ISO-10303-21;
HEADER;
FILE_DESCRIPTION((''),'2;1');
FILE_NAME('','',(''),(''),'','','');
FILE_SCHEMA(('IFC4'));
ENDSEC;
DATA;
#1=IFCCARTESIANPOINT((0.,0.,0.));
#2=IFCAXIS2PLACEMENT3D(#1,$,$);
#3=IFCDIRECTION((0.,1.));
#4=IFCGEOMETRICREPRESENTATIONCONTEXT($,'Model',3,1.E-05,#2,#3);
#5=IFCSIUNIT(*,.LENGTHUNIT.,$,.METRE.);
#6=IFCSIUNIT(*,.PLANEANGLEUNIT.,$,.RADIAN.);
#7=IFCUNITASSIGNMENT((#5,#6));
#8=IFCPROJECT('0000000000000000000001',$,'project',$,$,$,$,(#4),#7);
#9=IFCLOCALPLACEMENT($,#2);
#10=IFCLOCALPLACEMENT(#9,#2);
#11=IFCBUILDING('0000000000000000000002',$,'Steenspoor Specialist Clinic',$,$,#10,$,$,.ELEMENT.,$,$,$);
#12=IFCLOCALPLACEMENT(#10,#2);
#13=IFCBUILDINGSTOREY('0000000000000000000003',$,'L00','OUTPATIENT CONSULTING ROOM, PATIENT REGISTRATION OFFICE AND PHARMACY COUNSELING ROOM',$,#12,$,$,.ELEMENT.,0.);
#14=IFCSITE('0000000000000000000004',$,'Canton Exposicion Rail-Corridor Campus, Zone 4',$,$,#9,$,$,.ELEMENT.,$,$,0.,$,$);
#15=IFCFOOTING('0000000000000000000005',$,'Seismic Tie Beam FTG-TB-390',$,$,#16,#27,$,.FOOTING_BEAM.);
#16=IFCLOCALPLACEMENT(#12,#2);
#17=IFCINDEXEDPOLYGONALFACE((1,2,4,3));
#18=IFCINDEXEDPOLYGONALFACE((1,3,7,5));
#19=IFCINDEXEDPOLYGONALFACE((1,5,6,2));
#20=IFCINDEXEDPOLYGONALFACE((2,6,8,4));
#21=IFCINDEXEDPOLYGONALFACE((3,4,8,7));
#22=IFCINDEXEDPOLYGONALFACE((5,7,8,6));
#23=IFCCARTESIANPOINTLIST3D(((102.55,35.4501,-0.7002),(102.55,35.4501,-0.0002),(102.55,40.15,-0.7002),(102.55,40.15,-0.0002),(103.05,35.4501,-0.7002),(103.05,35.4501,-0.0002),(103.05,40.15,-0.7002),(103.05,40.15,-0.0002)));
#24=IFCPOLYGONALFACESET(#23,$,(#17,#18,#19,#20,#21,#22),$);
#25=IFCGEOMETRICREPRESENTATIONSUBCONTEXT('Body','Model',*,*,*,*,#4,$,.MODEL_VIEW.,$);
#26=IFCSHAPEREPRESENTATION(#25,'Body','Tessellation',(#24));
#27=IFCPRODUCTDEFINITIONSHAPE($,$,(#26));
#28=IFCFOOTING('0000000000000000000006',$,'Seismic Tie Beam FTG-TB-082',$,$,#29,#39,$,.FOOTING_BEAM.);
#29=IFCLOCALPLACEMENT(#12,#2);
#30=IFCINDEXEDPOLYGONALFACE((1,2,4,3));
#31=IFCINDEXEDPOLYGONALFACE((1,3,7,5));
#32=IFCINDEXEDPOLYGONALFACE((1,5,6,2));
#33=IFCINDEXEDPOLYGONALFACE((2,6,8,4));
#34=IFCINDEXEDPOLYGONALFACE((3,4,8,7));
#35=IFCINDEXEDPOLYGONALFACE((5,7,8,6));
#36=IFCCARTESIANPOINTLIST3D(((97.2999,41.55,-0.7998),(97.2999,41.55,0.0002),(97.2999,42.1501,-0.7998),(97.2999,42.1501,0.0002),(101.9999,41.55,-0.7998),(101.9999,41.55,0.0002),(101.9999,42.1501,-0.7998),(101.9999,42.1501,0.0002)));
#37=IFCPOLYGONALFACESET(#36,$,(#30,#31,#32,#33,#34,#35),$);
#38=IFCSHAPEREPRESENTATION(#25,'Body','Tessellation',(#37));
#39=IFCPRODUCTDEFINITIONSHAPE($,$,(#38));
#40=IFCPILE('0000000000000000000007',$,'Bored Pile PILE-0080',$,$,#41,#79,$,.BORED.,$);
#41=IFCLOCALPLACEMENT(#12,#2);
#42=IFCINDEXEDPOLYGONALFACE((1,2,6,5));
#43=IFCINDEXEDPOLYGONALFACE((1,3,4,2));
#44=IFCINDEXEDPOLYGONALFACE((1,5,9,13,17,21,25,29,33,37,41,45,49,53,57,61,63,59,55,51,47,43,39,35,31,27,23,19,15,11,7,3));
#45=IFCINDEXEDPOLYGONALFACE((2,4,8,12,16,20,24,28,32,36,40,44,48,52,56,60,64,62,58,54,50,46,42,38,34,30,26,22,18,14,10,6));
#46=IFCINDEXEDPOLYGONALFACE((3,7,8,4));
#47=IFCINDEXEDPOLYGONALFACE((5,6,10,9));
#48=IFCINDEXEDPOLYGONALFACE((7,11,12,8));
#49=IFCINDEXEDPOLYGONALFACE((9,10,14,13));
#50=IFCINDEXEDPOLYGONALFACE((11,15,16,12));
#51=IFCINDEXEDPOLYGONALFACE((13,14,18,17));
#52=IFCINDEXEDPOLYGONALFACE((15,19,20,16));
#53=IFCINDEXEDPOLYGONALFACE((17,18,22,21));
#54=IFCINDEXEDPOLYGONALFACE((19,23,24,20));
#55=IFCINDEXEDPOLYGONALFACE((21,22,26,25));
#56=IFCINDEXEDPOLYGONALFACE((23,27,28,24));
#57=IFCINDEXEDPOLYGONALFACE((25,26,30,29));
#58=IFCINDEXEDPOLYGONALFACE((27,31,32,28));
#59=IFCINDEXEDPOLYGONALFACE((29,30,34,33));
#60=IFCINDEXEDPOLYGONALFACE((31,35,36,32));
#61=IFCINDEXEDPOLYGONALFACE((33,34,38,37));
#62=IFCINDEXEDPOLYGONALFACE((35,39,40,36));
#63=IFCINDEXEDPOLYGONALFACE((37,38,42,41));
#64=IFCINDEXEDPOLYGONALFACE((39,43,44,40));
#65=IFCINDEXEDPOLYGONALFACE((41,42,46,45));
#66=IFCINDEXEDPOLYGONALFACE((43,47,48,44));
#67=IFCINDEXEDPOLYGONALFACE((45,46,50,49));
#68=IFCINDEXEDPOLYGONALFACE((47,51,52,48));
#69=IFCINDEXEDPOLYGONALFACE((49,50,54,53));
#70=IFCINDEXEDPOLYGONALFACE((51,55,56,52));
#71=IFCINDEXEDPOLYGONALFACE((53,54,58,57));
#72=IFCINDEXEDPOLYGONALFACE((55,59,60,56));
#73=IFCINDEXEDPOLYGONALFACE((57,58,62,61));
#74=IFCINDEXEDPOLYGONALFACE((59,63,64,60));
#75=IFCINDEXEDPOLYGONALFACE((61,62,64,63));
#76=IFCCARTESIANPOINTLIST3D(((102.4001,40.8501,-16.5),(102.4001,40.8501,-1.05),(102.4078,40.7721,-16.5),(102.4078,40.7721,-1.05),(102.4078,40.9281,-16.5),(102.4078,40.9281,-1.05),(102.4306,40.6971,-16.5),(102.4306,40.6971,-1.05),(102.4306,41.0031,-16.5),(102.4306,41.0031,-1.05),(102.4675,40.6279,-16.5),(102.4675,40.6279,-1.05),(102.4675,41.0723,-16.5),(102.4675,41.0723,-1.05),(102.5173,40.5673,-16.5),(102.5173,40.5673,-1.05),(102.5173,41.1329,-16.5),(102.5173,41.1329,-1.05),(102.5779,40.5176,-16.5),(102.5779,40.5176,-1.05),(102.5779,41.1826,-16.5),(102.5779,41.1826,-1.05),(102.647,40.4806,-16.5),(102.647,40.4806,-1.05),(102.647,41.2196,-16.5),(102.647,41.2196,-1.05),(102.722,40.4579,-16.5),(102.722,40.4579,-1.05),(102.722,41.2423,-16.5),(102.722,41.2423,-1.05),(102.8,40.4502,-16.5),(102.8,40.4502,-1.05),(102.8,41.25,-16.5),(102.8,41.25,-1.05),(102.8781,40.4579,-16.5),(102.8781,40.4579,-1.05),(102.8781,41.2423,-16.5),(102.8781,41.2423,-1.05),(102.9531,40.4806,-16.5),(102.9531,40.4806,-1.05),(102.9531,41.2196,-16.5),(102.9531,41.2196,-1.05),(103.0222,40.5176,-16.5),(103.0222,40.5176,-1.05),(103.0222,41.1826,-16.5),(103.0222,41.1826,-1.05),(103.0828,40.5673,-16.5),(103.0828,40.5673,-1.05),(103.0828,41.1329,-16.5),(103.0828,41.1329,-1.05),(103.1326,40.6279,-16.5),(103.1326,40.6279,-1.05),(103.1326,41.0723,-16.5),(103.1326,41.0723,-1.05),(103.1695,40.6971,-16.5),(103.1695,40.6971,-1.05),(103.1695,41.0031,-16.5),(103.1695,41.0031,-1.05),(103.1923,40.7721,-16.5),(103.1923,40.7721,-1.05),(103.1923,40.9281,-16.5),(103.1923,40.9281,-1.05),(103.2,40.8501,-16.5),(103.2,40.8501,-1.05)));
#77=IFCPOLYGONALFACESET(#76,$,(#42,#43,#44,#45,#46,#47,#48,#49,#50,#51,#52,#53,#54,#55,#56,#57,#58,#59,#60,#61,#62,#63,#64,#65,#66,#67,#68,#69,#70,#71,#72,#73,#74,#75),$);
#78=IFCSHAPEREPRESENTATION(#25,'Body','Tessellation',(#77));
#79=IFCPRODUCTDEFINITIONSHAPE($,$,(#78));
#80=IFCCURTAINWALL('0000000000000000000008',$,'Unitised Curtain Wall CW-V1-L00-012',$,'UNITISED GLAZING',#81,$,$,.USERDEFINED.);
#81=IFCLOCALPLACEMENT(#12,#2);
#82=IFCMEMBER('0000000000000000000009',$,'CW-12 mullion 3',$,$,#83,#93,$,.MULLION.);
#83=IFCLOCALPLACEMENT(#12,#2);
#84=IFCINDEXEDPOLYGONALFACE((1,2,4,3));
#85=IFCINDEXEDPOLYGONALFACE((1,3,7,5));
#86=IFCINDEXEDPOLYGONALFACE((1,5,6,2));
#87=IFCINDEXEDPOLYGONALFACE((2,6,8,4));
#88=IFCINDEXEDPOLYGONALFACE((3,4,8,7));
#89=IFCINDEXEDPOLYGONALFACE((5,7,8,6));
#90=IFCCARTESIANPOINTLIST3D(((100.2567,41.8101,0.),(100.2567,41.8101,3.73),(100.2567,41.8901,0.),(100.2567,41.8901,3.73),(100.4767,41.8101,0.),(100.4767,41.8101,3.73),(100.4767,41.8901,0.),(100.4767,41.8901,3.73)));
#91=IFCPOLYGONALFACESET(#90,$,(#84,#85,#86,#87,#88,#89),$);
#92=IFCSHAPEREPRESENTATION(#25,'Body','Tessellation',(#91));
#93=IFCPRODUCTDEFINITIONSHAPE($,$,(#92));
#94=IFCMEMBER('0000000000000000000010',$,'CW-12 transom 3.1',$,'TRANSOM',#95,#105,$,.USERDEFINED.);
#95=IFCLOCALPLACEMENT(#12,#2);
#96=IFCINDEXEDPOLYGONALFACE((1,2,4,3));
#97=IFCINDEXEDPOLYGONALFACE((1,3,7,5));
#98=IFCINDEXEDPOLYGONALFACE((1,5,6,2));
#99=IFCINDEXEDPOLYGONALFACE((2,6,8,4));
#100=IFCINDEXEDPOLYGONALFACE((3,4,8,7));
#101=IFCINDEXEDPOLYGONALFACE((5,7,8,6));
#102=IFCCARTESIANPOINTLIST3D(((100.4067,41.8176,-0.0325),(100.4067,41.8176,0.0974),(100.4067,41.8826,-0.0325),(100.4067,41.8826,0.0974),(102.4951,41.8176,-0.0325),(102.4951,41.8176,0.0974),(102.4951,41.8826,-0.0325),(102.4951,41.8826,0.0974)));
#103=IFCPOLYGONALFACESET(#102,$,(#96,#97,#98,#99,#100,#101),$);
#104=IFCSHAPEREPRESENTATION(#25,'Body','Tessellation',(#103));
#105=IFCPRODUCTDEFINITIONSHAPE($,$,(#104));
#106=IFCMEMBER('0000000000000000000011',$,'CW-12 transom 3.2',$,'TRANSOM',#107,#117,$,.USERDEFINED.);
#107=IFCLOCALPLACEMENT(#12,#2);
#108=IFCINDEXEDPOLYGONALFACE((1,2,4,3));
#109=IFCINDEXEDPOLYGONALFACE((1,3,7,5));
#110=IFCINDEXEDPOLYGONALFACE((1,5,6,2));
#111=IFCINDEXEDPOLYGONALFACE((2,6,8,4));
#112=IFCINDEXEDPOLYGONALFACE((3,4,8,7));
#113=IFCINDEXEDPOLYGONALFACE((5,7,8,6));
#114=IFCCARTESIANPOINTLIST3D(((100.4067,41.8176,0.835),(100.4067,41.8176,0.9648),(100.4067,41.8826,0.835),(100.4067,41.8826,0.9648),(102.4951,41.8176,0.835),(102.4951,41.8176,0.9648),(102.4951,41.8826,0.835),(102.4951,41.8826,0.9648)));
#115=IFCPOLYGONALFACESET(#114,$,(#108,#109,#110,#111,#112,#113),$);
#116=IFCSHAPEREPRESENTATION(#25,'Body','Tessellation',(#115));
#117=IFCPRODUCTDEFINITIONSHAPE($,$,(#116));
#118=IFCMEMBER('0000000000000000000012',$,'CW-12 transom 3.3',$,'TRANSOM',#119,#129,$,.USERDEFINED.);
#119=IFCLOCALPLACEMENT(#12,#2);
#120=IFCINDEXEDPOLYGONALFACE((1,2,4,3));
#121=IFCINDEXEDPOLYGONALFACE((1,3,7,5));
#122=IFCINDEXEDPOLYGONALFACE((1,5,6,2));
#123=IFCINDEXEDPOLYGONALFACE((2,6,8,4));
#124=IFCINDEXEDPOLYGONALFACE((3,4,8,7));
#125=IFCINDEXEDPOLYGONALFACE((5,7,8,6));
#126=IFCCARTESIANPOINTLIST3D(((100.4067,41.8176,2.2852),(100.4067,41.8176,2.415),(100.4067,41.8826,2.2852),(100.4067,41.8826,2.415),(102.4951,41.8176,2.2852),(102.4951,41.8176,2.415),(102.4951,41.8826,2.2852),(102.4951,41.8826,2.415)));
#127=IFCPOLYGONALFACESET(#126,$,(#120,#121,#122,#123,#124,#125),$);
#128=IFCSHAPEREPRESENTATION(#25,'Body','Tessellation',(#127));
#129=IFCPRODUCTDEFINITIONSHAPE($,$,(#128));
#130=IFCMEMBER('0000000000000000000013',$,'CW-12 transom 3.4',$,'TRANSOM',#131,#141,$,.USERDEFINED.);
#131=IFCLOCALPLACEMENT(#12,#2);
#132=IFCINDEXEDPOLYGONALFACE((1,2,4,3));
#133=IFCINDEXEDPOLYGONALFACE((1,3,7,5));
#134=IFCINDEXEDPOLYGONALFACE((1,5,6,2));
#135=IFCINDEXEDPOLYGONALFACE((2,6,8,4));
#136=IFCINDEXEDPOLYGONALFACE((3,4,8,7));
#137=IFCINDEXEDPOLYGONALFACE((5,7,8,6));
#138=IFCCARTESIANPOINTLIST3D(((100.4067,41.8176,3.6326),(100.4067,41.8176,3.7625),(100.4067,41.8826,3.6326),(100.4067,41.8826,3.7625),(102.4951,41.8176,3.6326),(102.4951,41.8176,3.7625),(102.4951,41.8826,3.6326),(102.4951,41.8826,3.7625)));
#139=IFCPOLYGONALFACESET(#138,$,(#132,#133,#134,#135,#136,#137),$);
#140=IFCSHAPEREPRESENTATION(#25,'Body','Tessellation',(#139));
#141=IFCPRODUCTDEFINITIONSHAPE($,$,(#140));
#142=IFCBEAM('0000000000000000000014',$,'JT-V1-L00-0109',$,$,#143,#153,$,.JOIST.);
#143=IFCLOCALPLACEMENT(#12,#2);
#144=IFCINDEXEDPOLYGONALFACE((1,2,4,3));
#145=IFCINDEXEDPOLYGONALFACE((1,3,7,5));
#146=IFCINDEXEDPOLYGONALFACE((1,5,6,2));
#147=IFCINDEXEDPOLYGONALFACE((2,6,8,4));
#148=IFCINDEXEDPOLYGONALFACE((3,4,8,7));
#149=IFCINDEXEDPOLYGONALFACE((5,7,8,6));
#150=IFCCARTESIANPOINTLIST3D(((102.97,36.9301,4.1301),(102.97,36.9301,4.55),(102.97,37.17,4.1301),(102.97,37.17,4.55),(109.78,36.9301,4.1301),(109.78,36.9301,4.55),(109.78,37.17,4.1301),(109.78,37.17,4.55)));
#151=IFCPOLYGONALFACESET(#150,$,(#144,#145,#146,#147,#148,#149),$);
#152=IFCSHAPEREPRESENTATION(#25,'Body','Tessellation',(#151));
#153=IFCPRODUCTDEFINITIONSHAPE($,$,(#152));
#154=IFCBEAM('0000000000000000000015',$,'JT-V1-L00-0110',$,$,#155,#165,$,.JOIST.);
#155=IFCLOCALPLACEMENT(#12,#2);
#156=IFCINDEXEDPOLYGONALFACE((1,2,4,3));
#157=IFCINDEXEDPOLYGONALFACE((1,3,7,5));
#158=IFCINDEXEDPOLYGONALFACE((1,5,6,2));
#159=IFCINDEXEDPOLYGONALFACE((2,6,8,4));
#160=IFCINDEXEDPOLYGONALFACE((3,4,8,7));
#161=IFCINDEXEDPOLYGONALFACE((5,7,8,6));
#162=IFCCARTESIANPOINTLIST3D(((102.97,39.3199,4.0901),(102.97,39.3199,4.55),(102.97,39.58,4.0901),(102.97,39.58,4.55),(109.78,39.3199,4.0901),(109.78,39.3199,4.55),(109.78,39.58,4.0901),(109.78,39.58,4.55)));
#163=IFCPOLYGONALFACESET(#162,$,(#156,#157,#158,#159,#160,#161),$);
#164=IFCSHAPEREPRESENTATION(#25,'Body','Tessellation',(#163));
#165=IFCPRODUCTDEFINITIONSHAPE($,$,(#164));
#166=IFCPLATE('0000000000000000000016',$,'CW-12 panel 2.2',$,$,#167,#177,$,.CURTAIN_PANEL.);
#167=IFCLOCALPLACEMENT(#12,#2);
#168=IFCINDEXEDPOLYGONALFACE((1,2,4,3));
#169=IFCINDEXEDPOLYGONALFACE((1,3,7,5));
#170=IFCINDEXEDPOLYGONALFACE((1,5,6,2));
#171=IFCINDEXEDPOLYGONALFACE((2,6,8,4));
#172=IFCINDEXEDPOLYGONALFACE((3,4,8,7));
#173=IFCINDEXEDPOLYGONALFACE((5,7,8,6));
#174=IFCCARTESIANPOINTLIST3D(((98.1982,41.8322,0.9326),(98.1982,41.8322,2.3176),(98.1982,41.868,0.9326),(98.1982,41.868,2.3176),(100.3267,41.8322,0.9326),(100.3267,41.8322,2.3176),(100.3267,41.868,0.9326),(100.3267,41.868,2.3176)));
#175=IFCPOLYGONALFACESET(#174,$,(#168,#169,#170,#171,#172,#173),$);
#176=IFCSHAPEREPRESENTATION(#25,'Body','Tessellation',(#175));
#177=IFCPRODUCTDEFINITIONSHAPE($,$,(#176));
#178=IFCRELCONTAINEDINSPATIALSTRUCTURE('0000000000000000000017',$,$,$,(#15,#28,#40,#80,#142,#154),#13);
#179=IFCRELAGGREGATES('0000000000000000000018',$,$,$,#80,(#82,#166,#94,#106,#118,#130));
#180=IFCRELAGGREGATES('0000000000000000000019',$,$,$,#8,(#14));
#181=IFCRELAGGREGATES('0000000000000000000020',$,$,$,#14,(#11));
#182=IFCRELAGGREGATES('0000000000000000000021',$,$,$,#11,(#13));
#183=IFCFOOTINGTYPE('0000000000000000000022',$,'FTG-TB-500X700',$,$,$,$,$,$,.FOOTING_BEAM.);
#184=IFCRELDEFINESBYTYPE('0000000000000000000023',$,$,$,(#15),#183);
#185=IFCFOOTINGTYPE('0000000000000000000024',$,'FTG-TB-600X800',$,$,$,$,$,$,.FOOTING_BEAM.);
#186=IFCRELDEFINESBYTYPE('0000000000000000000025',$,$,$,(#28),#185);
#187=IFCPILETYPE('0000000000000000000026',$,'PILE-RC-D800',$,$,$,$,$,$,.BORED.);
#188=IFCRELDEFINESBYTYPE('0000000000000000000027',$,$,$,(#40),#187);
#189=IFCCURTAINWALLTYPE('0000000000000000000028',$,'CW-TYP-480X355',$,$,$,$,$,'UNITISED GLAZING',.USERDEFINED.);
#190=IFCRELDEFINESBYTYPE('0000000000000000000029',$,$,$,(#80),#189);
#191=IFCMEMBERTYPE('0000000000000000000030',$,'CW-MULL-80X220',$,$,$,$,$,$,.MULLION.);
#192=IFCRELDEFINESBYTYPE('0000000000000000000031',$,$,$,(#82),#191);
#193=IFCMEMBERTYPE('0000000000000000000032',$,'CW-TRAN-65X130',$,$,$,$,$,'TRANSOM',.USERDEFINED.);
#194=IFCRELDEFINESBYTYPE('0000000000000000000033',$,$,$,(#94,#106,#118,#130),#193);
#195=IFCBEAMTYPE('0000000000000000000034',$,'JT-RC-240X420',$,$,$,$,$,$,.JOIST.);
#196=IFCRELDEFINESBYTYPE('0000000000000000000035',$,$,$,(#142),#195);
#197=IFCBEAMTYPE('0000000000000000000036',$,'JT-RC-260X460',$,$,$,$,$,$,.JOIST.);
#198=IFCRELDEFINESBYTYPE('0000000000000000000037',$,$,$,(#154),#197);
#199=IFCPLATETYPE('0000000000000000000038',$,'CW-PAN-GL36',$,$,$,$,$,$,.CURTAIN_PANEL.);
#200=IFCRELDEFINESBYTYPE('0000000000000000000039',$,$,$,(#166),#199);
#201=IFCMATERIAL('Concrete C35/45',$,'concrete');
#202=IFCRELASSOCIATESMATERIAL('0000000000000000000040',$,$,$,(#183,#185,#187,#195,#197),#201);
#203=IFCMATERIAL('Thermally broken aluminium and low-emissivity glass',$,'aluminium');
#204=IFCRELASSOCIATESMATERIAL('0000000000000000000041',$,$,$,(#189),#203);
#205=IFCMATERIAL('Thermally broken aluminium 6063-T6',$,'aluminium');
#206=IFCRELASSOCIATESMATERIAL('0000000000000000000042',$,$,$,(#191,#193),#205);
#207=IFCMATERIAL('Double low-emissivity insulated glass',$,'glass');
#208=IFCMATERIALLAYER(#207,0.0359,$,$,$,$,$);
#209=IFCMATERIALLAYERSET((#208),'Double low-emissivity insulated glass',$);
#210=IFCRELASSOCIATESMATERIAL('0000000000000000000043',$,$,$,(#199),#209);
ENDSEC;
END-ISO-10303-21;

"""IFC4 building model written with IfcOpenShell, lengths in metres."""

from ifc_helpers import new_model, si_unit, direction, frame, origin, origin_2d, place, context, subcontext, project, spatial, rectangle, circle, extrude, material, layer, layer_set, material_profile, profile_set, type_object, element, aggregate, save


model = new_model("IFC4")

# Units and contexts
model_context = context("Model", 3, precision=1e-05, world=origin(), true_north=direction((0.0, 1.0)))
body_context = subcontext(model_context, "Body", "Model", "MODEL_VIEW")
ifc_project = project(units=[si_unit("LENGTHUNIT", "METRE"), si_unit("PLANEANGLEUNIT", "RADIAN")], contexts=[model_context])

# Site, building, storey
site_placement = place(None, origin())
site = spatial("IfcSite", under=ifc_project, at=site_placement, Name="Canton Exposicion Rail-Corridor Campus, Zone 4", CompositionType="ELEMENT", RefElevation=0.0)
building_placement = place(site_placement, origin())
building = spatial("IfcBuilding", under=site, at=building_placement, Name="Steenspoor Specialist Clinic", CompositionType="ELEMENT")
storey_placement = place(building_placement, origin())
storey = spatial("IfcBuildingStorey", under=building, at=storey_placement, Name="L00", Description="OUTPATIENT CONSULTING ROOM, PATIENT REGISTRATION OFFICE AND PHARMACY COUNSELING ROOM", CompositionType="ELEMENT", Elevation=0.0)

# Footings
ifc_material_1 = material(Name="Concrete C35/45", Category="concrete")
footing_type_1 = type_object("IfcFootingType", Name="FTG-TB-500X700", PredefinedType="FOOTING_BEAM", material=ifc_material_1)
footing_1_placement = place(storey_placement, frame((102.8, 37.8, -0.7002), z_axis=(0.0, 0.0, 1.0), x_axis=(1.0, 0.0, 0.0)))
element("IfcFooting", 1, at=footing_1_placement, inside=storey, type_object=footing_type_1, Name="Seismic Tie Beam FTG-TB-390", PredefinedType="FOOTING_BEAM", context=body_context, shape_type="SweptSolid", body=[
    extrude(rectangle(XDim=0.5, YDim=4.7, at=origin_2d()), origin(), (0.0, 0.0, 1.0), 0.7),
])
footing_type_2 = type_object("IfcFootingType", Name="FTG-TB-600X800", PredefinedType="FOOTING_BEAM", material=ifc_material_1)
footing_2_placement = place(storey_placement, frame((99.6499, 41.8501, -0.7998), z_axis=(0.0, 0.0, 1.0), x_axis=(1.0, 0.0, 0.0)))
element("IfcFooting", 2, at=footing_2_placement, inside=storey, type_object=footing_type_2, Name="Seismic Tie Beam FTG-TB-082", PredefinedType="FOOTING_BEAM", context=body_context, shape_type="SweptSolid", body=[
    extrude(rectangle(XDim=4.7, YDim=0.6001, at=origin_2d()), origin(), (0.0, 0.0, 1.0), 0.8),
])

# Pile
ifc_material_profile_1 = material_profile(ifc_material_1, circle(Radius=0.3999, at=origin_2d()), Name="PILE-D800")
ifc_profile_set_1 = profile_set([ifc_material_profile_1], Name="Concrete C35/45")
pile_type = type_object("IfcPileType", Name="PILE-RC-D800", PredefinedType="BORED", material=ifc_profile_set_1)
pile_placement = place(storey_placement, frame((102.8, 40.8501, -1.05), z_axis=(0.0, 0.0, -1.0), x_axis=(1.0, 0.0, 0.0)))
element("IfcPile", 3, at=pile_placement, inside=storey, type_object=pile_type, Name="Bored Pile PILE-0080", PredefinedType="BORED", context=body_context, shape_type="SweptSolid", body=[
    extrude(circle(Radius=0.3999, at=origin_2d()), origin(), (0.0, 0.0, 1.0), 15.45),
])

# Curtain wall, members
ifc_material_2 = material(Name="Thermally broken aluminium and low-emissivity glass", Category="aluminium")
curtain_wall_type = type_object("IfcCurtainWallType", Name="CW-TYP-480X355", ElementType="UNITISED GLAZING", PredefinedType="USERDEFINED", material=ifc_material_2)
curtain_wall_placement = place(storey_placement, origin())
curtain_wall = element("IfcCurtainWall", 4, at=curtain_wall_placement, inside=storey, type_object=curtain_wall_type, Name="Unitised Curtain Wall CW-V1-L00-012", ObjectType="UNITISED GLAZING", PredefinedType="USERDEFINED")
ifc_material_3 = material(Name="Thermally broken aluminium 6063-T6", Category="aluminium")
ifc_material_profile_2 = material_profile(ifc_material_3, rectangle(XDim=0.0801, YDim=0.22, at=origin_2d()), Name="CWM-80X220")
ifc_profile_set_2 = profile_set([ifc_material_profile_2], Name="Thermally broken aluminium 6063-T6")
member_type_1 = type_object("IfcMemberType", Name="CW-MULL-80X220", PredefinedType="MULLION", material=ifc_profile_set_2)
member_1_placement = place(storey_placement, frame((100.3667, 41.8501, 0.0), z_axis=(0.0, 0.0, 1.0), x_axis=(0.0, 1.0, 0.0)))
member_1 = element("IfcMember", 5, at=member_1_placement, type_object=member_type_1, Name="CW-12 mullion 3", PredefinedType="MULLION", context=body_context, shape_type="SweptSolid", body=[
    extrude(rectangle(XDim=0.0801, YDim=0.22, at=origin_2d()), origin(), (0.0, 0.0, 1.0), 3.73),
])
ifc_material_profile_3 = material_profile(ifc_material_3, rectangle(XDim=0.0649, YDim=0.1299, at=origin_2d()), Name="CWT-65X130")
ifc_profile_set_3 = profile_set([ifc_material_profile_3], Name="Thermally broken aluminium 6063-T6")
member_type_2 = type_object("IfcMemberType", Name="CW-TRAN-65X130", ElementType="TRANSOM", PredefinedType="USERDEFINED", material=ifc_profile_set_3)
member_2_placement = place(storey_placement, frame((100.4067, 41.8501, 0.0325), z_axis=(1.0, 0.0, 0.0), x_axis=(0.0, 1.0, 0.0)))
member_2 = element("IfcMember", 6, at=member_2_placement, type_object=member_type_2, Name="CW-12 transom 3.1", ObjectType="TRANSOM", PredefinedType="USERDEFINED", context=body_context, shape_type="SweptSolid", body=[
    extrude(rectangle(XDim=0.0649, YDim=0.1299, at=origin_2d()), origin(), (0.0, 0.0, 1.0), 2.0884),
])
member_3_placement = place(storey_placement, frame((100.4067, 41.8501, 0.8999), z_axis=(1.0, 0.0, 0.0), x_axis=(0.0, 1.0, 0.0)))
member_3 = element("IfcMember", 7, at=member_3_placement, type_object=member_type_2, Name="CW-12 transom 3.2", ObjectType="TRANSOM", PredefinedType="USERDEFINED", context=body_context, shape_type="SweptSolid", body=[
    extrude(rectangle(XDim=0.0649, YDim=0.1299, at=origin_2d()), origin(), (0.0, 0.0, 1.0), 2.0884),
])
member_4_placement = place(storey_placement, frame((100.4067, 41.8501, 2.3501), z_axis=(1.0, 0.0, 0.0), x_axis=(0.0, 1.0, 0.0)))
member_4 = element("IfcMember", 8, at=member_4_placement, type_object=member_type_2, Name="CW-12 transom 3.3", ObjectType="TRANSOM", PredefinedType="USERDEFINED", context=body_context, shape_type="SweptSolid", body=[
    extrude(rectangle(XDim=0.0649, YDim=0.1299, at=origin_2d()), origin(), (0.0, 0.0, 1.0), 2.0884),
])
member_5_placement = place(storey_placement, frame((100.4067, 41.8501, 3.6975), z_axis=(1.0, 0.0, 0.0), x_axis=(0.0, 1.0, 0.0)))
member_5 = element("IfcMember", 9, at=member_5_placement, type_object=member_type_2, Name="CW-12 transom 3.4", ObjectType="TRANSOM", PredefinedType="USERDEFINED", context=body_context, shape_type="SweptSolid", body=[
    extrude(rectangle(XDim=0.0649, YDim=0.1299, at=origin_2d()), origin(), (0.0, 0.0, 1.0), 2.0884),
])

# Beams
ifc_material_profile_4 = material_profile(ifc_material_1, rectangle(XDim=0.24, YDim=0.4199, at=origin_2d()), Name="RC-JT-240X420")
ifc_profile_set_4 = profile_set([ifc_material_profile_4], Name="Concrete C35/45")
beam_type_1 = type_object("IfcBeamType", Name="JT-RC-240X420", PredefinedType="JOIST", material=ifc_profile_set_4)
beam_1_placement = place(storey_placement, frame((102.97, 37.05, 4.3401), z_axis=(1.0, 0.0, 0.0), x_axis=(0.0, 1.0, 0.0)))
element("IfcBeam", 10, at=beam_1_placement, inside=storey, type_object=beam_type_1, Name="JT-V1-L00-0109", PredefinedType="JOIST", context=body_context, shape_type="SweptSolid", body=[
    extrude(rectangle(XDim=0.24, YDim=0.4199, at=origin_2d()), origin(), (0.0, 0.0, 1.0), 6.8101),
])
ifc_material_profile_5 = material_profile(ifc_material_1, rectangle(XDim=0.26, YDim=0.46, at=origin_2d()), Name="RC-JT-260X460")
ifc_profile_set_5 = profile_set([ifc_material_profile_5], Name="Concrete C35/45")
beam_type_2 = type_object("IfcBeamType", Name="JT-RC-260X460", PredefinedType="JOIST", material=ifc_profile_set_5)
beam_2_placement = place(storey_placement, frame((102.97, 39.45, 4.3201), z_axis=(1.0, 0.0, 0.0), x_axis=(0.0, 1.0, 0.0)))
element("IfcBeam", 11, at=beam_2_placement, inside=storey, type_object=beam_type_2, Name="JT-V1-L00-0110", PredefinedType="JOIST", context=body_context, shape_type="SweptSolid", body=[
    extrude(rectangle(XDim=0.26, YDim=0.46, at=origin_2d()), origin(), (0.0, 0.0, 1.0), 6.8101),
])

# Plate
ifc_material_4 = material(Name="Double low-emissivity insulated glass", Category="glass")
ifc_layer_1 = layer(ifc_material_4, 0.0359)
ifc_layer_set_1 = layer_set([ifc_layer_1], Name="Double low-emissivity insulated glass")
plate_type = type_object("IfcPlateType", Name="CW-PAN-GL36", PredefinedType="CURTAIN_PANEL", material=ifc_layer_set_1)
plate_1_placement = place(storey_placement, frame((99.2625, 41.8501, 0.9326), z_axis=(0.0, 0.0, 1.0), x_axis=(1.0, 0.0, 0.0)))
plate_1 = element("IfcPlate", 12, at=plate_1_placement, type_object=plate_type, Name="CW-12 panel 2.2", PredefinedType="CURTAIN_PANEL", context=body_context, shape_type="SweptSolid", body=[
    extrude(rectangle(XDim=2.1284, YDim=0.0359, at=origin_2d()), origin(), (0.0, 0.0, 1.0), 1.385),
])
aggregate(curtain_wall, [member_1, plate_1, member_2, member_3, member_4, member_5])

save(model, "model.ifc")
